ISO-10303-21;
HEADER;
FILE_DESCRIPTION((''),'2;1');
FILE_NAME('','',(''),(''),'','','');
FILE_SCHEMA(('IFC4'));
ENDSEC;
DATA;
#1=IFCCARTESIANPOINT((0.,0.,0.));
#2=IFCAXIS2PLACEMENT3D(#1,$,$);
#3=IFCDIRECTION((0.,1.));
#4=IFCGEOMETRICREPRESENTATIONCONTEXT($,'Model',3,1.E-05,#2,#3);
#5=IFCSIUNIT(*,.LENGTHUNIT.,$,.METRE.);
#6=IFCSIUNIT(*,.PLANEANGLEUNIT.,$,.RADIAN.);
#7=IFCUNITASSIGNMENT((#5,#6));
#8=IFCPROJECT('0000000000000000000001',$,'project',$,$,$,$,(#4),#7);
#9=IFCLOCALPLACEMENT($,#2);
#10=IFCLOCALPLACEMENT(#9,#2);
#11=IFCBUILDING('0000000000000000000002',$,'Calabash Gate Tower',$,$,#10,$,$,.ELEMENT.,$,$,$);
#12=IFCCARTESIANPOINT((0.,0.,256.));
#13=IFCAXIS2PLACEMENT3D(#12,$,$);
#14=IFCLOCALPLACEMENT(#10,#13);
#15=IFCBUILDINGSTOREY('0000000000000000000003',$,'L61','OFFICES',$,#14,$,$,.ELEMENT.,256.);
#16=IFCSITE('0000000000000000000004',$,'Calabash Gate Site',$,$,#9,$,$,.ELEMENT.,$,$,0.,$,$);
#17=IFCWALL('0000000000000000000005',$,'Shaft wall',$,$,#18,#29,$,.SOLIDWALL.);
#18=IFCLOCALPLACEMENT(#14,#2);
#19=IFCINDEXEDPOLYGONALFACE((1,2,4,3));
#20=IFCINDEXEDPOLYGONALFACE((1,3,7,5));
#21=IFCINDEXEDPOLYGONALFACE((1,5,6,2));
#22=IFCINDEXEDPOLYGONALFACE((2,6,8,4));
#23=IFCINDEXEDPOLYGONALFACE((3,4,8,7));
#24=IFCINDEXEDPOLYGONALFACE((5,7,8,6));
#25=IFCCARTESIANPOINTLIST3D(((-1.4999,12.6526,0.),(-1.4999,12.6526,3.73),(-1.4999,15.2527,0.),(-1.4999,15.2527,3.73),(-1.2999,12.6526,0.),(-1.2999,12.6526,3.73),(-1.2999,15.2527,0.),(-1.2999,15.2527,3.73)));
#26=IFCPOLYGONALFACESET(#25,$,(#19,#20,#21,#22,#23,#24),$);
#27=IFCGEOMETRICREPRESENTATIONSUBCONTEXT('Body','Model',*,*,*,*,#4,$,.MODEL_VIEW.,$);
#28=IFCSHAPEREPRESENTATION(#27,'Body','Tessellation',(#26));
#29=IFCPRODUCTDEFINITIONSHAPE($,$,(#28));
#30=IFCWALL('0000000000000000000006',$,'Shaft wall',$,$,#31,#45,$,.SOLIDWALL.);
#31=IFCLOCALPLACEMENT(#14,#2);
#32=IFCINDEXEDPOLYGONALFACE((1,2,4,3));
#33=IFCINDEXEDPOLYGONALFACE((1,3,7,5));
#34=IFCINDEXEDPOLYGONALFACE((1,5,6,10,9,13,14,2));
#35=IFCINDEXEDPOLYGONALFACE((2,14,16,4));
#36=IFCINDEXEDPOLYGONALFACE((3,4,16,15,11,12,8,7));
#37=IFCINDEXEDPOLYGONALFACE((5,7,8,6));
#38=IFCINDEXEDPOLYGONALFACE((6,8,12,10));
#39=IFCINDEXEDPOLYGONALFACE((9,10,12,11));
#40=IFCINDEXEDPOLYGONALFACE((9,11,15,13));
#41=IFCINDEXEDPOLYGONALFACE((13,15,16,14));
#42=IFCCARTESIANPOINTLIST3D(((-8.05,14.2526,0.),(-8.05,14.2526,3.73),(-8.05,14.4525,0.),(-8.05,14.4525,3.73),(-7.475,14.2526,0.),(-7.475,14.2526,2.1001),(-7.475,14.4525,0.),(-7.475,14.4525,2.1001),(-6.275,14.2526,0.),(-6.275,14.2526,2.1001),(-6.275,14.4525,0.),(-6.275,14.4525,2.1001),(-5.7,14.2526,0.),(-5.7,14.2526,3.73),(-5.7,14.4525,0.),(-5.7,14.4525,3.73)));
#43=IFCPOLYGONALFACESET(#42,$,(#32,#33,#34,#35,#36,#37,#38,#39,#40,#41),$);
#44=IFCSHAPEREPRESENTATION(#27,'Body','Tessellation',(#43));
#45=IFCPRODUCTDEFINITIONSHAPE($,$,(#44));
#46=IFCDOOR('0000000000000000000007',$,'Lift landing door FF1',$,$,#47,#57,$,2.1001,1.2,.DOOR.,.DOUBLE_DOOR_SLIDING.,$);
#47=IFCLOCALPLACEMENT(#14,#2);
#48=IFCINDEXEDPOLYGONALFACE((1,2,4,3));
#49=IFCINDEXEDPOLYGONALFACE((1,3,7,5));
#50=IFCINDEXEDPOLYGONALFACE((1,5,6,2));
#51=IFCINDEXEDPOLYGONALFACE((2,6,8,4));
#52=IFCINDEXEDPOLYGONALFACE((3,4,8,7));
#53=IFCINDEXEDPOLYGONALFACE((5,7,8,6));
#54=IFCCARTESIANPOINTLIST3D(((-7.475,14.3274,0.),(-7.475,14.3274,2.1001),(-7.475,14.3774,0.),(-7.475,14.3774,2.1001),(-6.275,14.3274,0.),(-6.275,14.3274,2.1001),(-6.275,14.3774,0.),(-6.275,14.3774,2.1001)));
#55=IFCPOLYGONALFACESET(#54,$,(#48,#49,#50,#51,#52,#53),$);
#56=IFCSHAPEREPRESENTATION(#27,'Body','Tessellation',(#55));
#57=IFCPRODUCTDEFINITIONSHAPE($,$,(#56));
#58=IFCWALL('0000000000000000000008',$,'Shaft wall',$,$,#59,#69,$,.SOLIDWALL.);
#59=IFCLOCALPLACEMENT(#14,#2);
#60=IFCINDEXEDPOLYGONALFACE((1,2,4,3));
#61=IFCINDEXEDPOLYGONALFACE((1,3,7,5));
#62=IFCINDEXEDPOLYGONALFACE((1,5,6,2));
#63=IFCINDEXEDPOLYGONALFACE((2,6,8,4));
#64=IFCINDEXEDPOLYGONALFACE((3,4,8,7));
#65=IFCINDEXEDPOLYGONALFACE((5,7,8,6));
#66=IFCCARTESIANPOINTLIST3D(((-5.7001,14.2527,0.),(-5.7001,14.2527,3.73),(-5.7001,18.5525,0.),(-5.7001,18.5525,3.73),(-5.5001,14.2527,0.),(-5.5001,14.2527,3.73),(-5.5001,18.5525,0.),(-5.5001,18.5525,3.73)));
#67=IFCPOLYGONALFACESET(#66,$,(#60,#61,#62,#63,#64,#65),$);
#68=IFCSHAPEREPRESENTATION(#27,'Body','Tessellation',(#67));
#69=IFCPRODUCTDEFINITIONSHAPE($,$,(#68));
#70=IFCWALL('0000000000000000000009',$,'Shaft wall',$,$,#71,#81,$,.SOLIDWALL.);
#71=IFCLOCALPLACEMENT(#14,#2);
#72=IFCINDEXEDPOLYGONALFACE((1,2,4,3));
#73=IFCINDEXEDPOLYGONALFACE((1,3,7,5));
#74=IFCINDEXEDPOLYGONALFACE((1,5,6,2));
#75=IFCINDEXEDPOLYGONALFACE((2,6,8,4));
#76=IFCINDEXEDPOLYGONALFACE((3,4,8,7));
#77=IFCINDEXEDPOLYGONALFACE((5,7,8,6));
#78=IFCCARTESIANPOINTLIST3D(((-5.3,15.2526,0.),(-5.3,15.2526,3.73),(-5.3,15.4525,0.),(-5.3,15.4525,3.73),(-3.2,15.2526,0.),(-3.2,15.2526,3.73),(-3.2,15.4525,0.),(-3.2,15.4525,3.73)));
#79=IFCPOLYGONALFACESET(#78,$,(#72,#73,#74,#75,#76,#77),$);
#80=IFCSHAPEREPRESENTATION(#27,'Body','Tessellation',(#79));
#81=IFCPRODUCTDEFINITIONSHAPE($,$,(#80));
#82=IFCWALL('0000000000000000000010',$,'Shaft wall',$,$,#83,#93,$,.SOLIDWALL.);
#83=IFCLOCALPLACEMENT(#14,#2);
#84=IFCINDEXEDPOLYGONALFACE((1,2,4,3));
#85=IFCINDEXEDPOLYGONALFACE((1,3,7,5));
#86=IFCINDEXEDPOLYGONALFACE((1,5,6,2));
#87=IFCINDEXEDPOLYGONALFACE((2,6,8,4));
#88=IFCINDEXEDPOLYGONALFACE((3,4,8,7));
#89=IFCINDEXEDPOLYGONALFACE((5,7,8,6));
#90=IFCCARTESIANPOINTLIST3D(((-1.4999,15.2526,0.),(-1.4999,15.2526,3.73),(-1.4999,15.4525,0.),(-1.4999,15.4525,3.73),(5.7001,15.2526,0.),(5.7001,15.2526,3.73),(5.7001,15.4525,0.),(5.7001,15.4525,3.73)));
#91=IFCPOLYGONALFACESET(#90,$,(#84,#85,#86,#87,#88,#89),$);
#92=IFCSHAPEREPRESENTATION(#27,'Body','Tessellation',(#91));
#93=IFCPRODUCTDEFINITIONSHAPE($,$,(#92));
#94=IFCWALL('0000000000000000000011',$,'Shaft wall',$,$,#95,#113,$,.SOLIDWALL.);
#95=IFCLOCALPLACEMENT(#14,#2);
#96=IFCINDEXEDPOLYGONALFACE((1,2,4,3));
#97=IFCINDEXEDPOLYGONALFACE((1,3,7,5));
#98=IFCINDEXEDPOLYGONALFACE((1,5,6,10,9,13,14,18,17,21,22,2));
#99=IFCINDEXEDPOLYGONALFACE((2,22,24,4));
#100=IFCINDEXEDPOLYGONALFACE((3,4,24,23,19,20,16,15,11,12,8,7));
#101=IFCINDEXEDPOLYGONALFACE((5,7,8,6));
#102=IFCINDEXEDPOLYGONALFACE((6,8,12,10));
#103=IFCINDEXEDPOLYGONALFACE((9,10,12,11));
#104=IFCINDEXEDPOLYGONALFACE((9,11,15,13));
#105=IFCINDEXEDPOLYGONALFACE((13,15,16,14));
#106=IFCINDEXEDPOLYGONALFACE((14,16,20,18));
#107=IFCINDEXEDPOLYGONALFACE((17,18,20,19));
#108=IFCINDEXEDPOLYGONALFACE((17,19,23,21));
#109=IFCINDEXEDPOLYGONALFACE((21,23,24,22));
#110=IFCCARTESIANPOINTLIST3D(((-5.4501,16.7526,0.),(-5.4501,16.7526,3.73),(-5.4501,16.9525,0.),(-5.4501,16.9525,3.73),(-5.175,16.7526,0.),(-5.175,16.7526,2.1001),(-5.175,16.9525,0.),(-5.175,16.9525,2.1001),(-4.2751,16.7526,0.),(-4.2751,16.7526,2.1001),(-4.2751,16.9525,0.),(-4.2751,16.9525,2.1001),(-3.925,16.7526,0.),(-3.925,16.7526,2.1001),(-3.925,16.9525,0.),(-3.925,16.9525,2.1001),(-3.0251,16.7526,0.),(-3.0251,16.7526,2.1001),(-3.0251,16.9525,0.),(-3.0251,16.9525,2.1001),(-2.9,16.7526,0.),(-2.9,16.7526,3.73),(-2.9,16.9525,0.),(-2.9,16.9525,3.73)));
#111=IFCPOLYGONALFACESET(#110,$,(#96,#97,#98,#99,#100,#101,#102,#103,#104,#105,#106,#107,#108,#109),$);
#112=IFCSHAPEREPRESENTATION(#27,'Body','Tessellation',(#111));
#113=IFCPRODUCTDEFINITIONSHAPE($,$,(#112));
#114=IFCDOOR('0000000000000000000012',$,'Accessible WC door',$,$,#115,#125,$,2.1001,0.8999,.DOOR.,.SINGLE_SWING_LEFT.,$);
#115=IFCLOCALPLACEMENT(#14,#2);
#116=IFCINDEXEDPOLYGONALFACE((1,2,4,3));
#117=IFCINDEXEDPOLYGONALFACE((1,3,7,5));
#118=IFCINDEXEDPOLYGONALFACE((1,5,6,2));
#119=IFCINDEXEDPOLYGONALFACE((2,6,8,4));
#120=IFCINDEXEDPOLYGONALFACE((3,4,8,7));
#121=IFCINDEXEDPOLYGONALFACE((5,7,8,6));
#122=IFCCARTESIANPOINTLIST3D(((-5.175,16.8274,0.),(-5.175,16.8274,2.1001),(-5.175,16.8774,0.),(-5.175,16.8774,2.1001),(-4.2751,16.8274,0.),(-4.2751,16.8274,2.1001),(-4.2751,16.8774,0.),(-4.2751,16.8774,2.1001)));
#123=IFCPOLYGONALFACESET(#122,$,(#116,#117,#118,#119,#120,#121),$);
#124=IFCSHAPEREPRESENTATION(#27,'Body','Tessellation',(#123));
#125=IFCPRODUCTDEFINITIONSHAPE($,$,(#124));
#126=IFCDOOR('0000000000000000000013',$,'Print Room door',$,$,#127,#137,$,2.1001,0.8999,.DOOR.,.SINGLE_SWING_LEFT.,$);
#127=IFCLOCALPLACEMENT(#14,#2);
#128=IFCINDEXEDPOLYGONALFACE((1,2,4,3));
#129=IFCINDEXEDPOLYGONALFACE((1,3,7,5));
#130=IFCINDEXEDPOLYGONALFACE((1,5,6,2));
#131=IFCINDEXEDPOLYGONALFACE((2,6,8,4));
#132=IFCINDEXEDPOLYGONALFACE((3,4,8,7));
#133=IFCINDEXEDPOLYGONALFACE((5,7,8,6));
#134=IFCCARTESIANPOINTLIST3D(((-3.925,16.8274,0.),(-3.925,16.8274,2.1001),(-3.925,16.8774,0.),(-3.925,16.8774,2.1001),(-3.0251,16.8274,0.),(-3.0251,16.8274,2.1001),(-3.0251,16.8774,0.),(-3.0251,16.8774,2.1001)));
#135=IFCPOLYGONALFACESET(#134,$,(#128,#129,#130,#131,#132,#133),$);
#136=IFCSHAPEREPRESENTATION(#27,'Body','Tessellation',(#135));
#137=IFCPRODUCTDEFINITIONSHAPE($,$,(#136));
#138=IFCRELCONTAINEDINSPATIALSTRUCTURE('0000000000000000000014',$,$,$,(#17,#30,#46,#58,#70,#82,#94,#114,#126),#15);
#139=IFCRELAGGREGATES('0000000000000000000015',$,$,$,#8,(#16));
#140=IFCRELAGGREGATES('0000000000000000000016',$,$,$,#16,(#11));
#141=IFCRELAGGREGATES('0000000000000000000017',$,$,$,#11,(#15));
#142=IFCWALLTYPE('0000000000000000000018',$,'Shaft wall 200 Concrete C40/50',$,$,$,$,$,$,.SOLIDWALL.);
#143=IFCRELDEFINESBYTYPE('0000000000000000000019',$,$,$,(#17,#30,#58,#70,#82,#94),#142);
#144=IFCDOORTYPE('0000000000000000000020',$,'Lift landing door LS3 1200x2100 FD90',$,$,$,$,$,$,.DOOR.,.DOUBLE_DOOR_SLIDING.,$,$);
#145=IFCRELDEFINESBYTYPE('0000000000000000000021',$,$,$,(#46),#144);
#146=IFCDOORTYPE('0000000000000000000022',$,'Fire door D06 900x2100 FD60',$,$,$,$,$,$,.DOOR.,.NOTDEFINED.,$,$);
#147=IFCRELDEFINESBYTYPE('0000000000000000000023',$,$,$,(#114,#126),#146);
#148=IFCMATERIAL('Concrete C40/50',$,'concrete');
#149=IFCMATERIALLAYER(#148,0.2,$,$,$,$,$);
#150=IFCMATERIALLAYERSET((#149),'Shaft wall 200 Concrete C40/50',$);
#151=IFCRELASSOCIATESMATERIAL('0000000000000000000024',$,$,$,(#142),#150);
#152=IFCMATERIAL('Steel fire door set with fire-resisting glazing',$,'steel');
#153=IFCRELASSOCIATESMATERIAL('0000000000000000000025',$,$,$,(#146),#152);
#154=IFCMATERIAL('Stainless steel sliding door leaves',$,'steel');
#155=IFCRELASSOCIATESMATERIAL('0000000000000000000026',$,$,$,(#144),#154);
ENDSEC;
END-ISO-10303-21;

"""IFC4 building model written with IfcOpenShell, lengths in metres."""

from ifc_helpers import new_model, si_unit, direction, frame, frame_2d, origin, place, context, subcontext, project, spatial, rectangle, extrude, material, layer, layer_set, type_object, element, fill, save


model = new_model("IFC4")

# Units and contexts
model_context = context("Model", 3, precision=1e-05, world=origin(), true_north=direction((0.0, 1.0)))
body_context = subcontext(model_context, "Body", "Model", "MODEL_VIEW")
ifc_project = project(units=[si_unit("LENGTHUNIT", "METRE"), si_unit("PLANEANGLEUNIT", "RADIAN")], contexts=[model_context])

# Site, building, storey
site_placement = place(None, origin())
site = spatial("IfcSite", under=ifc_project, at=site_placement, Name="Calabash Gate Site", CompositionType="ELEMENT", RefElevation=0.0)
building_placement = place(site_placement, origin())
building = spatial("IfcBuilding", under=site, at=building_placement, Name="Calabash Gate Tower", CompositionType="ELEMENT")
storey_placement = place(building_placement, frame((0.0, 0.0, 256.0)))
storey = spatial("IfcBuildingStorey", under=building, at=storey_placement, Name="L61", Description="OFFICES", CompositionType="ELEMENT", Elevation=256.0)

# Shared definitions
ifc_material_1 = material(Name="Concrete C40/50", Category="concrete")
ifc_layer_1 = layer(ifc_material_1, 0.2)
ifc_layer_set_1 = layer_set([ifc_layer_1], Name="Shaft wall 200 Concrete C40/50")
wall_type_1 = type_object("IfcWallType", Name="Shaft wall 200 Concrete C40/50", PredefinedType="SOLIDWALL", material=ifc_layer_set_1)
ifc_material_2 = material(Name="Steel fire door set with fire-resisting glazing", Category="steel")
door_type_1 = type_object("IfcDoorType", Name="Fire door D06 900x2100 FD60", OperationType="NOTDEFINED", PredefinedType="DOOR", material=ifc_material_2)

# Wall
wall_1_placement = place(storey_placement, frame((-1.3999, 12.6526, 0.0), z_axis=(0.0, 0.0, 1.0), x_axis=(0.0, 1.0, 0.0)))
element("IfcWall", 1, at=wall_1_placement, inside=storey, type_object=wall_type_1, Name="Shaft wall", PredefinedType="SOLIDWALL", context=body_context, shape_type="SweptSolid", body=[
    extrude(rectangle(XDim=2.6001, YDim=0.2, at=frame_2d((1.3, 0.0))), origin(), (0.0, 0.0, 1.0), 3.73),
])

# Wall, opening, door
wall_2_placement = place(storey_placement, frame((-8.05, 14.3525, 0.0), z_axis=(0.0, 0.0, 1.0), x_axis=(1.0, 0.0, 0.0)))
wall_2 = element("IfcWall", 2, at=wall_2_placement, inside=storey, type_object=wall_type_1, Name="Shaft wall", PredefinedType="SOLIDWALL", context=body_context, shape_type="SweptSolid", body=[
    extrude(rectangle(XDim=2.3501, YDim=0.2, at=frame_2d((1.175, 0.0))), origin(), (0.0, 0.0, 1.0), 3.73),
])
opening_1_placement = place(wall_2_placement, frame((0.575, 0.0, 0.0)))
opening_1 = element("IfcOpeningElement", 3, at=opening_1_placement, cuts=wall_2, PredefinedType="OPENING", context=body_context, shape_type="SweptSolid", body=[
    extrude(rectangle(XDim=1.2, YDim=2.1001, at=frame_2d((0.6001, 1.05))), frame((0.0, 0.1099, 0.0), z_axis=(0.0, -1.0, 0.0), x_axis=(1.0, 0.0, 0.0)), (0.0, 0.0, 1.0), 0.22),
])
ifc_material_3 = material(Name="Stainless steel sliding door leaves", Category="steel")
door_type_2 = type_object("IfcDoorType", Name="Lift landing door LS3 1200x2100 FD90", OperationType="DOUBLE_DOOR_SLIDING", PredefinedType="DOOR", material=ifc_material_3)
door_1_placement = place(opening_1_placement, origin())
door_1 = element("IfcDoor", 4, at=door_1_placement, inside=storey, type_object=door_type_2, Name="Lift landing door FF1", OperationType="DOUBLE_DOOR_SLIDING", OverallHeight=2.1001, OverallWidth=1.2, PredefinedType="DOOR", context=body_context, shape_type="SweptSolid", body=[
    extrude(rectangle(XDim=1.2, YDim=2.1001, at=frame_2d((0.6001, 1.05))), frame((0.0, 0.0249, 0.0), z_axis=(0.0, -1.0, 0.0), x_axis=(1.0, 0.0, 0.0)), (0.0, 0.0, 1.0), 0.05),
])
fill(opening_1, door_1)

# Walls
wall_3_placement = place(storey_placement, frame((-5.6001, 14.2527, 0.0), z_axis=(0.0, 0.0, 1.0), x_axis=(0.0, 1.0, 0.0)))
element("IfcWall", 5, at=wall_3_placement, inside=storey, type_object=wall_type_1, Name="Shaft wall", PredefinedType="SOLIDWALL", context=body_context, shape_type="SweptSolid", body=[
    extrude(rectangle(XDim=4.2998, YDim=0.2, at=frame_2d((2.1499, 0.0))), origin(), (0.0, 0.0, 1.0), 3.73),
])
wall_4_placement = place(storey_placement, frame((-5.3, 15.3525, 0.0), z_axis=(0.0, 0.0, 1.0), x_axis=(1.0, 0.0, 0.0)))
element("IfcWall", 6, at=wall_4_placement, inside=storey, type_object=wall_type_1, Name="Shaft wall", PredefinedType="SOLIDWALL", context=body_context, shape_type="SweptSolid", body=[
    extrude(rectangle(XDim=2.1001, YDim=0.2, at=frame_2d((1.05, 0.0))), origin(), (0.0, 0.0, 1.0), 3.73),
])
wall_5_placement = place(storey_placement, frame((-1.5, 15.3525, 0.0), z_axis=(0.0, 0.0, 1.0), x_axis=(1.0, 0.0, 0.0)))
element("IfcWall", 7, at=wall_5_placement, inside=storey, type_object=wall_type_1, Name="Shaft wall", PredefinedType="SOLIDWALL", context=body_context, shape_type="SweptSolid", body=[
    extrude(rectangle(XDim=7.2, YDim=0.2, at=frame_2d((3.6001, 0.0))), origin(), (0.0, 0.0, 1.0), 3.73),
])

# Wall, openings, doors
wall_6_placement = place(storey_placement, frame((-5.45, 16.8525, 0.0), z_axis=(0.0, 0.0, 1.0), x_axis=(1.0, 0.0, 0.0)))
wall_6 = element("IfcWall", 8, at=wall_6_placement, inside=storey, type_object=wall_type_1, Name="Shaft wall", PredefinedType="SOLIDWALL", context=body_context, shape_type="SweptSolid", body=[
    extrude(rectangle(XDim=2.55, YDim=0.2, at=frame_2d((1.2749, 0.0))), origin(), (0.0, 0.0, 1.0), 3.73),
])
opening_2_placement = place(wall_6_placement, frame((0.2749, 0.0, 0.0)))
opening_2 = element("IfcOpeningElement", 9, at=opening_2_placement, cuts=wall_6, PredefinedType="OPENING", context=body_context, shape_type="SweptSolid", body=[
    extrude(rectangle(XDim=0.8999, YDim=2.1001, at=frame_2d((0.45, 1.05))), frame((0.0, 0.1099, 0.0), z_axis=(0.0, -1.0, 0.0), x_axis=(1.0, 0.0, 0.0)), (0.0, 0.0, 1.0), 0.22),
])
opening_3_placement = place(wall_6_placement, frame((1.5249, 0.0, 0.0)))
opening_3 = element("IfcOpeningElement", 10, at=opening_3_placement, cuts=wall_6, PredefinedType="OPENING", context=body_context, shape_type="SweptSolid", body=[
    extrude(rectangle(XDim=0.8999, YDim=2.1001, at=frame_2d((0.45, 1.05))), frame((0.0, 0.1099, 0.0), z_axis=(0.0, -1.0, 0.0), x_axis=(1.0, 0.0, 0.0)), (0.0, 0.0, 1.0), 0.22),
])
door_2_placement = place(opening_2_placement, origin())
door_2 = element("IfcDoor", 11, at=door_2_placement, inside=storey, type_object=door_type_1, Name="Accessible WC door", OperationType="SINGLE_SWING_LEFT", OverallHeight=2.1001, OverallWidth=0.8999, PredefinedType="DOOR", context=body_context, shape_type="SweptSolid", body=[
    extrude(rectangle(XDim=0.8999, YDim=2.1001, at=frame_2d((0.45, 1.05))), frame((0.0, 0.0249, 0.0), z_axis=(0.0, -1.0, 0.0), x_axis=(1.0, 0.0, 0.0)), (0.0, 0.0, 1.0), 0.05),
])
fill(opening_2, door_2)
door_3_placement = place(opening_3_placement, origin())
door_3 = element("IfcDoor", 12, at=door_3_placement, inside=storey, type_object=door_type_1, Name="Print Room door", OperationType="SINGLE_SWING_LEFT", OverallHeight=2.1001, OverallWidth=0.8999, PredefinedType="DOOR", context=body_context, shape_type="SweptSolid", body=[
    extrude(rectangle(XDim=0.8999, YDim=2.1001, at=frame_2d((0.45, 1.05))), frame((0.0, 0.0249, 0.0), z_axis=(0.0, -1.0, 0.0), x_axis=(1.0, 0.0, 0.0)), (0.0, 0.0, 1.0), 0.05),
])
fill(opening_3, door_3)

save(model, "model.ifc")
